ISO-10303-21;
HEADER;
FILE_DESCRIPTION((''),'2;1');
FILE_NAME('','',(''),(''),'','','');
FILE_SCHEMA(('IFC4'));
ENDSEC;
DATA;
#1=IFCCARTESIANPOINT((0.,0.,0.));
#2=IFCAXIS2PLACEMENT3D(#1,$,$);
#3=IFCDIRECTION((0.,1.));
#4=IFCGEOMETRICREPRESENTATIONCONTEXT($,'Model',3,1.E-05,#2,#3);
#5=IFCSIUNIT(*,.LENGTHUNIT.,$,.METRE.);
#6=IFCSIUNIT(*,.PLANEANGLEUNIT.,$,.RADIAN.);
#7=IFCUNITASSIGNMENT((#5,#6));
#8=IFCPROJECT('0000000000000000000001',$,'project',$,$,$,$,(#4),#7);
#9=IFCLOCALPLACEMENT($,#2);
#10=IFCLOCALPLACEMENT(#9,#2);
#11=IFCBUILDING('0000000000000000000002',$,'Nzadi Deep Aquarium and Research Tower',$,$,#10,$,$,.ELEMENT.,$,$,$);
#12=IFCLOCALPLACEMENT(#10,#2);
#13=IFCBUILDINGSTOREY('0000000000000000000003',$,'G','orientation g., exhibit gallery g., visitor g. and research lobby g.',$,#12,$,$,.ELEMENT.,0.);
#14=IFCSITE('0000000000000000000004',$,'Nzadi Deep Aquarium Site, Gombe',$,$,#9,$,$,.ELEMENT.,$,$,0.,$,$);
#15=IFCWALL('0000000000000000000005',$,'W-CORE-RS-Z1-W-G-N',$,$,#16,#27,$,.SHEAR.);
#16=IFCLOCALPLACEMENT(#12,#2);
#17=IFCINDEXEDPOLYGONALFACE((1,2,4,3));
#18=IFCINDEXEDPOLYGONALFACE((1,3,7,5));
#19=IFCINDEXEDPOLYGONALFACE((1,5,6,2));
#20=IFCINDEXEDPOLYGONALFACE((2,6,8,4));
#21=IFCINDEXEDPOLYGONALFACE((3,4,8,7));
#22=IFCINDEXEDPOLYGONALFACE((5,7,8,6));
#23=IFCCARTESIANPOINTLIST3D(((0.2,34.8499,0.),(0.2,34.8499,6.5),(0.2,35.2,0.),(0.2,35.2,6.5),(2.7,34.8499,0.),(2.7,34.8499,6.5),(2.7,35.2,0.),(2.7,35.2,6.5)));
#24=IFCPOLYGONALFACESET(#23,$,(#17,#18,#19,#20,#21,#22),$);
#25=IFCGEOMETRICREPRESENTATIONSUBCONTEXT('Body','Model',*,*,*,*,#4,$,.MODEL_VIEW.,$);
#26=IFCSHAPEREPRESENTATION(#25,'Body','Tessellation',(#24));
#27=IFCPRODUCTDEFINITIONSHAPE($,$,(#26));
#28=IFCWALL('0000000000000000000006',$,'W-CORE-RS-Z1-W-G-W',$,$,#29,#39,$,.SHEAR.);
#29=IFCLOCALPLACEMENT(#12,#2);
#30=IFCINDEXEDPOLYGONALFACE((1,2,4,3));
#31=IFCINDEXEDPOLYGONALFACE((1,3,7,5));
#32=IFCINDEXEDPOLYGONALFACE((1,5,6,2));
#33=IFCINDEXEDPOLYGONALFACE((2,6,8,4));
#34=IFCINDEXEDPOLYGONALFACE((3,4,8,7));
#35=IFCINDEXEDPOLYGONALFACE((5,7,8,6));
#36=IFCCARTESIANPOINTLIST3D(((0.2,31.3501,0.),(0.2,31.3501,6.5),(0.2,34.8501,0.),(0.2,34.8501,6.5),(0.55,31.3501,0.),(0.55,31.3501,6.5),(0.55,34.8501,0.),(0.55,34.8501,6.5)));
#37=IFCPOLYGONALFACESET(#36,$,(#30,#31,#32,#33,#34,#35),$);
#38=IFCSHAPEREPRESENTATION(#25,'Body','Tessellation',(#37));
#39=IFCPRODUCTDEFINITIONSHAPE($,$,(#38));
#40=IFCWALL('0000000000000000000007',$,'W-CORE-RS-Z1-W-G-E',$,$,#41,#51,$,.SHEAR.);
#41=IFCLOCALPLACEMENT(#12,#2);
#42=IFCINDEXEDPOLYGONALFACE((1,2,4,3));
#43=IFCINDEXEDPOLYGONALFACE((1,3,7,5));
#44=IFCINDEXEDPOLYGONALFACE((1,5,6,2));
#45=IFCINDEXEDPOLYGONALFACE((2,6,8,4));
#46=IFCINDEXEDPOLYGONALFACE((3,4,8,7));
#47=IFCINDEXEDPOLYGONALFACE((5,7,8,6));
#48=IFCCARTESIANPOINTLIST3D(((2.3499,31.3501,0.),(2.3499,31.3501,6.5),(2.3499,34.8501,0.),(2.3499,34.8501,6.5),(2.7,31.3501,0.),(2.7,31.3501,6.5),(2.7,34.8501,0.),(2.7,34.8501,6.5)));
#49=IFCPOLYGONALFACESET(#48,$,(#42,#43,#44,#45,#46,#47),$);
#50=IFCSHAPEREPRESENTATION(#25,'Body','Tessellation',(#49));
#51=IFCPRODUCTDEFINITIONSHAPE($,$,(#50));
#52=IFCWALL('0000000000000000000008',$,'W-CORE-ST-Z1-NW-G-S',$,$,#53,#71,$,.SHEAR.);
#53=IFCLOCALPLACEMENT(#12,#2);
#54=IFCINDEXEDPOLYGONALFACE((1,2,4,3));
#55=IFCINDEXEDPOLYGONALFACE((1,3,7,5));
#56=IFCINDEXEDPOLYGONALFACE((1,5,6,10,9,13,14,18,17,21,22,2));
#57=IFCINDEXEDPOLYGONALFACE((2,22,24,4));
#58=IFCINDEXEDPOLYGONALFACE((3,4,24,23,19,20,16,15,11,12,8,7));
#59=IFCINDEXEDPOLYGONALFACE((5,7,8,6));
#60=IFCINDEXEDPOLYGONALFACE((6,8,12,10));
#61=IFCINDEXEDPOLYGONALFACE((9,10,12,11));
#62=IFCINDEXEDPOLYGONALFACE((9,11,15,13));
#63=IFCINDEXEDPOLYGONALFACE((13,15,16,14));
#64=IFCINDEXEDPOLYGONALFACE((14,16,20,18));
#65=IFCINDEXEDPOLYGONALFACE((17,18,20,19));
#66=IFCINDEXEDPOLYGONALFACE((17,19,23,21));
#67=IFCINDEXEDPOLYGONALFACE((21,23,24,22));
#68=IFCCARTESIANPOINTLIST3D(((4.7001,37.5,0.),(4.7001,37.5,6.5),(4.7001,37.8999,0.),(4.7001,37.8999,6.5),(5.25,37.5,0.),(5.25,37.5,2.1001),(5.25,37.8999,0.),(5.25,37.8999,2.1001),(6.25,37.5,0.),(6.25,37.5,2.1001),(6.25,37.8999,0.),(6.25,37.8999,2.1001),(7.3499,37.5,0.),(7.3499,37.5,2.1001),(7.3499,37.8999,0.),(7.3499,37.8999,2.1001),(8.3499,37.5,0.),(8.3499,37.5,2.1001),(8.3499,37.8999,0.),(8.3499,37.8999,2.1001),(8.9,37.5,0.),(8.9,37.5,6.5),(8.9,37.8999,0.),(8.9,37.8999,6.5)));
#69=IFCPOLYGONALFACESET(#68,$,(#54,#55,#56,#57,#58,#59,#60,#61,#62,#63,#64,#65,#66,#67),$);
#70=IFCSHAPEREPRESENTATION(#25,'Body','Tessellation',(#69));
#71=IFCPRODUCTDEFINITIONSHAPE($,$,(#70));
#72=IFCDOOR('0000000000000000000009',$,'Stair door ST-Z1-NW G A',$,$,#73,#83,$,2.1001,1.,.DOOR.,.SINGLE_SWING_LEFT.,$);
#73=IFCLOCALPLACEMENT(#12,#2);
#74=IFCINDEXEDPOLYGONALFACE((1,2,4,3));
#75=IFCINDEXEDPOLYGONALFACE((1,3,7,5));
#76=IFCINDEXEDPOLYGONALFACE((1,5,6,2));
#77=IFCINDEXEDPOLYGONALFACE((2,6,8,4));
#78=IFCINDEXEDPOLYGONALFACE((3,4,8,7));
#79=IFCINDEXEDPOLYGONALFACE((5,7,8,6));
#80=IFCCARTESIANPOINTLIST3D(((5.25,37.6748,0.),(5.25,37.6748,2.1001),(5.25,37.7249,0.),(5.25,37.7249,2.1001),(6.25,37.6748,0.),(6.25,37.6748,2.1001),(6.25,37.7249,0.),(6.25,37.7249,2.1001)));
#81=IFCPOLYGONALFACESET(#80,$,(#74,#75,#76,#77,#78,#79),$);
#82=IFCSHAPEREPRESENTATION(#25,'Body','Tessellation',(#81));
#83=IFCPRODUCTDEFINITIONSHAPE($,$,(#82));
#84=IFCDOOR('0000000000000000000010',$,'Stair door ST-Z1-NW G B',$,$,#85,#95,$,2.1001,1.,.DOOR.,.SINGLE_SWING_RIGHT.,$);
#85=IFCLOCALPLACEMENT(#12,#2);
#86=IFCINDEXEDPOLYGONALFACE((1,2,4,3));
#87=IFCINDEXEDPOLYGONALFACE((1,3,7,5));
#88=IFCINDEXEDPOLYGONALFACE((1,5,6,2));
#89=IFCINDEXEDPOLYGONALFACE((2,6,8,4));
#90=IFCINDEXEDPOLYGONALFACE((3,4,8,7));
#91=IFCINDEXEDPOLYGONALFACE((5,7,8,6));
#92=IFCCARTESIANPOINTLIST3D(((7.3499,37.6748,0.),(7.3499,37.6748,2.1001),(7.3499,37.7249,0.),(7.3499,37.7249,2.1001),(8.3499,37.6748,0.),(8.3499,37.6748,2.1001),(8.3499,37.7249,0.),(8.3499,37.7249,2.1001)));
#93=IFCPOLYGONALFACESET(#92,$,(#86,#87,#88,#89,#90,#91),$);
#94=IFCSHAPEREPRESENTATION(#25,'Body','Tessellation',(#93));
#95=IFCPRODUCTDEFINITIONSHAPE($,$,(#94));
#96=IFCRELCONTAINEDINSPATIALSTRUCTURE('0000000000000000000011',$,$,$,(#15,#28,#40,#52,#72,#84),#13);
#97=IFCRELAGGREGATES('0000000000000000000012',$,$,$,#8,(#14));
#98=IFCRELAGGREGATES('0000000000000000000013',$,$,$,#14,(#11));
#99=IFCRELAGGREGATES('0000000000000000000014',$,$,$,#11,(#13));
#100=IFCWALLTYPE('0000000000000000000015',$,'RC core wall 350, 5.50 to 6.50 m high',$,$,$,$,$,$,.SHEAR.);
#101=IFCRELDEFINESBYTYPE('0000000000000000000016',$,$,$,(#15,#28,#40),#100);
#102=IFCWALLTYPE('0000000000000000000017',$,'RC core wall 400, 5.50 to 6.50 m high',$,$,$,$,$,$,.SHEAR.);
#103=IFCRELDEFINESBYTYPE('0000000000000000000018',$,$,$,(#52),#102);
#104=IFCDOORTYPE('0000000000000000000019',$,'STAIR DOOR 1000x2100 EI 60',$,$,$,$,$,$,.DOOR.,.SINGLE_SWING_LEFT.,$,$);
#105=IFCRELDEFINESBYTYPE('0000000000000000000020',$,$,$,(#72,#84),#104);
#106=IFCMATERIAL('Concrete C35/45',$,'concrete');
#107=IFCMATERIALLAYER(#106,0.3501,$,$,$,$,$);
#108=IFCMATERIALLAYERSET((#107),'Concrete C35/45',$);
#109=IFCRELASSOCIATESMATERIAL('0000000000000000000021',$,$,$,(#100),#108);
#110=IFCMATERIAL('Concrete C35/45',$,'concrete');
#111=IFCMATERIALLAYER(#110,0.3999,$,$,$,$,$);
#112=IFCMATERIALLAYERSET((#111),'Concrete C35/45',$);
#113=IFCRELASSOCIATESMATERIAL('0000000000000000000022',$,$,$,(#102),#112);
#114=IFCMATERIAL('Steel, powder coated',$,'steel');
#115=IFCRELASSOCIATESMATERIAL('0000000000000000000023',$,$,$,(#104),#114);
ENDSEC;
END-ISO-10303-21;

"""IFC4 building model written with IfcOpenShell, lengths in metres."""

from ifc_helpers import new_model, si_unit, direction, frame, frame_2d, origin, place, context, subcontext, project, spatial, rectangle, extrude, material, layer, layer_set, type_object, element, fill, save


model = new_model("IFC4")

# Units and contexts
model_context = context("Model", 3, precision=1e-05, world=origin(), true_north=direction((0.0, 1.0)))
body_context = subcontext(model_context, "Body", "Model", "MODEL_VIEW")
ifc_project = project(units=[si_unit("LENGTHUNIT", "METRE"), si_unit("PLANEANGLEUNIT", "RADIAN")], contexts=[model_context])

# Site, building, storey
site_placement = place(None, origin())
site = spatial("IfcSite", under=ifc_project, at=site_placement, Name="Nzadi Deep Aquarium Site, Gombe", CompositionType="ELEMENT", RefElevation=0.0)
building_placement = place(site_placement, origin())
building = spatial("IfcBuilding", under=site, at=building_placement, Name="Nzadi Deep Aquarium and Research Tower", CompositionType="ELEMENT")
storey_placement = place(building_placement, origin())
storey = spatial("IfcBuildingStorey", under=building, at=storey_placement, Name="G", Description="orientation g., exhibit gallery g., visitor g. and research lobby g.", CompositionType="ELEMENT", Elevation=0.0)

# Walls
ifc_material_1 = material(Name="Concrete C35/45", Category="concrete")
ifc_layer_1 = layer(ifc_material_1, 0.3501)
ifc_layer_set_1 = layer_set([ifc_layer_1], Name="Concrete C35/45")
wall_type_1 = type_object("IfcWallType", Name="RC core wall 350, 5.50 to 6.50 m high", PredefinedType="SHEAR", material=ifc_layer_set_1)
for number, where, z_axis, x_axis, name in (
    (1, (0.2, 35.0249, 0.0), (0.0, 0.0, 1.0), (1.0, 0.0, 0.0), "W-CORE-RS-Z1-W-G-N"),
):
    element("IfcWall", number, at=place(storey_placement, frame(where, z_axis=z_axis, x_axis=x_axis)), inside=storey, type_object=wall_type_1, Name=name, PredefinedType="SHEAR", context=body_context, shape_type="SweptSolid", body=[
        extrude(rectangle(XDim=2.5, YDim=0.3501, at=frame_2d((1.25, 0.0))), origin(), (0.0, 0.0, 1.0), 6.5),
    ])
for number, where, z_axis, x_axis, name in (
    (2, (0.375, 31.3501, 0.0), (0.0, 0.0, 1.0), (0.0, 1.0, 0.0), "W-CORE-RS-Z1-W-G-W"),
    (3, (2.5249, 31.3501, 0.0), (0.0, 0.0, 1.0), (0.0, 1.0, 0.0), "W-CORE-RS-Z1-W-G-E"),
):
    element("IfcWall", number, at=place(storey_placement, frame(where, z_axis=z_axis, x_axis=x_axis)), inside=storey, type_object=wall_type_1, Name=name, PredefinedType="SHEAR", context=body_context, shape_type="SweptSolid", body=[
        extrude(rectangle(XDim=3.5, YDim=0.3501, at=frame_2d((1.75, 0.0))), origin(), (0.0, 0.0, 1.0), 6.5),
    ])

# Wall, openings, doors
ifc_material_2 = material(Name="Concrete C35/45", Category="concrete")
ifc_layer_2 = layer(ifc_material_2, 0.3999)
ifc_layer_set_2 = layer_set([ifc_layer_2], Name="Concrete C35/45")
wall_type_2 = type_object("IfcWallType", Name="RC core wall 400, 5.50 to 6.50 m high", PredefinedType="SHEAR", material=ifc_layer_set_2)
wall_1_placement = place(storey_placement, frame((4.7, 37.7, 0.0), z_axis=(0.0, 0.0, 1.0), x_axis=(1.0, 0.0, 0.0)))
wall_1 = element("IfcWall", 4, at=wall_1_placement, inside=storey, type_object=wall_type_2, Name="W-CORE-ST-Z1-NW-G-S", PredefinedType="SHEAR", context=body_context, shape_type="SweptSolid", body=[
    extrude(rectangle(XDim=4.2, YDim=0.3999, at=frame_2d((2.1001, 0.0))), origin(), (0.0, 0.0, 1.0), 6.5),
])
opening_1_placement = place(wall_1_placement, frame((0.55, 0.0, 0.0)))
opening_1 = element("IfcOpeningElement", 5, at=opening_1_placement, cuts=wall_1, PredefinedType="OPENING", context=body_context, shape_type="SweptSolid", body=[
    extrude(rectangle(XDim=1.0, YDim=2.1001, at=frame_2d((0.5, 1.05))), frame((0.0, 0.21, 0.0), z_axis=(0.0, -1.0, 0.0), x_axis=(1.0, 0.0, 0.0)), (0.0, 0.0, 1.0), 0.4199),
])
opening_2_placement = place(wall_1_placement, frame((2.6499, 0.0, 0.0)))
opening_2 = element("IfcOpeningElement", 6, at=opening_2_placement, cuts=wall_1, PredefinedType="OPENING", context=body_context, shape_type="SweptSolid", body=[
    extrude(rectangle(XDim=1.0, YDim=2.1001, at=frame_2d((0.5, 1.05))), frame((0.0, 0.21, 0.0), z_axis=(0.0, -1.0, 0.0), x_axis=(1.0, 0.0, 0.0)), (0.0, 0.0, 1.0), 0.4199),
])
ifc_material_3 = material(Name="Steel, powder coated", Category="steel")
door_type_1 = type_object("IfcDoorType", Name="STAIR DOOR 1000x2100 EI 60", OperationType="SINGLE_SWING_LEFT", PredefinedType="DOOR", material=ifc_material_3)
door_1_placement = place(opening_1_placement, origin())
door_1 = element("IfcDoor", 7, at=door_1_placement, inside=storey, type_object=door_type_1, Name="Stair door ST-Z1-NW G A", OperationType="SINGLE_SWING_LEFT", OverallHeight=2.1001, OverallWidth=1.0, PredefinedType="DOOR", context=body_context, shape_type="SweptSolid", body=[
    extrude(rectangle(XDim=1.0, YDim=2.1001, at=frame_2d((0.5, 1.05))), frame((0.0, 0.0249, 0.0), z_axis=(0.0, -1.0, 0.0), x_axis=(1.0, 0.0, 0.0)), (0.0, 0.0, 1.0), 0.05),
])
fill(opening_1, door_1)
door_2_placement = place(opening_2_placement, origin())
door_2 = element("IfcDoor", 8, at=door_2_placement, inside=storey, type_object=door_type_1, Name="Stair door ST-Z1-NW G B", OperationType="SINGLE_SWING_RIGHT", OverallHeight=2.1001, OverallWidth=1.0, PredefinedType="DOOR", context=body_context, shape_type="SweptSolid", body=[
    extrude(rectangle(XDim=1.0, YDim=2.1001, at=frame_2d((0.5, 1.05))), frame((0.0, 0.0249, 0.0), z_axis=(0.0, -1.0, 0.0), x_axis=(1.0, 0.0, 0.0)), (0.0, 0.0, 1.0), 0.05),
])
fill(opening_2, door_2)

save(model, "model.ifc")
